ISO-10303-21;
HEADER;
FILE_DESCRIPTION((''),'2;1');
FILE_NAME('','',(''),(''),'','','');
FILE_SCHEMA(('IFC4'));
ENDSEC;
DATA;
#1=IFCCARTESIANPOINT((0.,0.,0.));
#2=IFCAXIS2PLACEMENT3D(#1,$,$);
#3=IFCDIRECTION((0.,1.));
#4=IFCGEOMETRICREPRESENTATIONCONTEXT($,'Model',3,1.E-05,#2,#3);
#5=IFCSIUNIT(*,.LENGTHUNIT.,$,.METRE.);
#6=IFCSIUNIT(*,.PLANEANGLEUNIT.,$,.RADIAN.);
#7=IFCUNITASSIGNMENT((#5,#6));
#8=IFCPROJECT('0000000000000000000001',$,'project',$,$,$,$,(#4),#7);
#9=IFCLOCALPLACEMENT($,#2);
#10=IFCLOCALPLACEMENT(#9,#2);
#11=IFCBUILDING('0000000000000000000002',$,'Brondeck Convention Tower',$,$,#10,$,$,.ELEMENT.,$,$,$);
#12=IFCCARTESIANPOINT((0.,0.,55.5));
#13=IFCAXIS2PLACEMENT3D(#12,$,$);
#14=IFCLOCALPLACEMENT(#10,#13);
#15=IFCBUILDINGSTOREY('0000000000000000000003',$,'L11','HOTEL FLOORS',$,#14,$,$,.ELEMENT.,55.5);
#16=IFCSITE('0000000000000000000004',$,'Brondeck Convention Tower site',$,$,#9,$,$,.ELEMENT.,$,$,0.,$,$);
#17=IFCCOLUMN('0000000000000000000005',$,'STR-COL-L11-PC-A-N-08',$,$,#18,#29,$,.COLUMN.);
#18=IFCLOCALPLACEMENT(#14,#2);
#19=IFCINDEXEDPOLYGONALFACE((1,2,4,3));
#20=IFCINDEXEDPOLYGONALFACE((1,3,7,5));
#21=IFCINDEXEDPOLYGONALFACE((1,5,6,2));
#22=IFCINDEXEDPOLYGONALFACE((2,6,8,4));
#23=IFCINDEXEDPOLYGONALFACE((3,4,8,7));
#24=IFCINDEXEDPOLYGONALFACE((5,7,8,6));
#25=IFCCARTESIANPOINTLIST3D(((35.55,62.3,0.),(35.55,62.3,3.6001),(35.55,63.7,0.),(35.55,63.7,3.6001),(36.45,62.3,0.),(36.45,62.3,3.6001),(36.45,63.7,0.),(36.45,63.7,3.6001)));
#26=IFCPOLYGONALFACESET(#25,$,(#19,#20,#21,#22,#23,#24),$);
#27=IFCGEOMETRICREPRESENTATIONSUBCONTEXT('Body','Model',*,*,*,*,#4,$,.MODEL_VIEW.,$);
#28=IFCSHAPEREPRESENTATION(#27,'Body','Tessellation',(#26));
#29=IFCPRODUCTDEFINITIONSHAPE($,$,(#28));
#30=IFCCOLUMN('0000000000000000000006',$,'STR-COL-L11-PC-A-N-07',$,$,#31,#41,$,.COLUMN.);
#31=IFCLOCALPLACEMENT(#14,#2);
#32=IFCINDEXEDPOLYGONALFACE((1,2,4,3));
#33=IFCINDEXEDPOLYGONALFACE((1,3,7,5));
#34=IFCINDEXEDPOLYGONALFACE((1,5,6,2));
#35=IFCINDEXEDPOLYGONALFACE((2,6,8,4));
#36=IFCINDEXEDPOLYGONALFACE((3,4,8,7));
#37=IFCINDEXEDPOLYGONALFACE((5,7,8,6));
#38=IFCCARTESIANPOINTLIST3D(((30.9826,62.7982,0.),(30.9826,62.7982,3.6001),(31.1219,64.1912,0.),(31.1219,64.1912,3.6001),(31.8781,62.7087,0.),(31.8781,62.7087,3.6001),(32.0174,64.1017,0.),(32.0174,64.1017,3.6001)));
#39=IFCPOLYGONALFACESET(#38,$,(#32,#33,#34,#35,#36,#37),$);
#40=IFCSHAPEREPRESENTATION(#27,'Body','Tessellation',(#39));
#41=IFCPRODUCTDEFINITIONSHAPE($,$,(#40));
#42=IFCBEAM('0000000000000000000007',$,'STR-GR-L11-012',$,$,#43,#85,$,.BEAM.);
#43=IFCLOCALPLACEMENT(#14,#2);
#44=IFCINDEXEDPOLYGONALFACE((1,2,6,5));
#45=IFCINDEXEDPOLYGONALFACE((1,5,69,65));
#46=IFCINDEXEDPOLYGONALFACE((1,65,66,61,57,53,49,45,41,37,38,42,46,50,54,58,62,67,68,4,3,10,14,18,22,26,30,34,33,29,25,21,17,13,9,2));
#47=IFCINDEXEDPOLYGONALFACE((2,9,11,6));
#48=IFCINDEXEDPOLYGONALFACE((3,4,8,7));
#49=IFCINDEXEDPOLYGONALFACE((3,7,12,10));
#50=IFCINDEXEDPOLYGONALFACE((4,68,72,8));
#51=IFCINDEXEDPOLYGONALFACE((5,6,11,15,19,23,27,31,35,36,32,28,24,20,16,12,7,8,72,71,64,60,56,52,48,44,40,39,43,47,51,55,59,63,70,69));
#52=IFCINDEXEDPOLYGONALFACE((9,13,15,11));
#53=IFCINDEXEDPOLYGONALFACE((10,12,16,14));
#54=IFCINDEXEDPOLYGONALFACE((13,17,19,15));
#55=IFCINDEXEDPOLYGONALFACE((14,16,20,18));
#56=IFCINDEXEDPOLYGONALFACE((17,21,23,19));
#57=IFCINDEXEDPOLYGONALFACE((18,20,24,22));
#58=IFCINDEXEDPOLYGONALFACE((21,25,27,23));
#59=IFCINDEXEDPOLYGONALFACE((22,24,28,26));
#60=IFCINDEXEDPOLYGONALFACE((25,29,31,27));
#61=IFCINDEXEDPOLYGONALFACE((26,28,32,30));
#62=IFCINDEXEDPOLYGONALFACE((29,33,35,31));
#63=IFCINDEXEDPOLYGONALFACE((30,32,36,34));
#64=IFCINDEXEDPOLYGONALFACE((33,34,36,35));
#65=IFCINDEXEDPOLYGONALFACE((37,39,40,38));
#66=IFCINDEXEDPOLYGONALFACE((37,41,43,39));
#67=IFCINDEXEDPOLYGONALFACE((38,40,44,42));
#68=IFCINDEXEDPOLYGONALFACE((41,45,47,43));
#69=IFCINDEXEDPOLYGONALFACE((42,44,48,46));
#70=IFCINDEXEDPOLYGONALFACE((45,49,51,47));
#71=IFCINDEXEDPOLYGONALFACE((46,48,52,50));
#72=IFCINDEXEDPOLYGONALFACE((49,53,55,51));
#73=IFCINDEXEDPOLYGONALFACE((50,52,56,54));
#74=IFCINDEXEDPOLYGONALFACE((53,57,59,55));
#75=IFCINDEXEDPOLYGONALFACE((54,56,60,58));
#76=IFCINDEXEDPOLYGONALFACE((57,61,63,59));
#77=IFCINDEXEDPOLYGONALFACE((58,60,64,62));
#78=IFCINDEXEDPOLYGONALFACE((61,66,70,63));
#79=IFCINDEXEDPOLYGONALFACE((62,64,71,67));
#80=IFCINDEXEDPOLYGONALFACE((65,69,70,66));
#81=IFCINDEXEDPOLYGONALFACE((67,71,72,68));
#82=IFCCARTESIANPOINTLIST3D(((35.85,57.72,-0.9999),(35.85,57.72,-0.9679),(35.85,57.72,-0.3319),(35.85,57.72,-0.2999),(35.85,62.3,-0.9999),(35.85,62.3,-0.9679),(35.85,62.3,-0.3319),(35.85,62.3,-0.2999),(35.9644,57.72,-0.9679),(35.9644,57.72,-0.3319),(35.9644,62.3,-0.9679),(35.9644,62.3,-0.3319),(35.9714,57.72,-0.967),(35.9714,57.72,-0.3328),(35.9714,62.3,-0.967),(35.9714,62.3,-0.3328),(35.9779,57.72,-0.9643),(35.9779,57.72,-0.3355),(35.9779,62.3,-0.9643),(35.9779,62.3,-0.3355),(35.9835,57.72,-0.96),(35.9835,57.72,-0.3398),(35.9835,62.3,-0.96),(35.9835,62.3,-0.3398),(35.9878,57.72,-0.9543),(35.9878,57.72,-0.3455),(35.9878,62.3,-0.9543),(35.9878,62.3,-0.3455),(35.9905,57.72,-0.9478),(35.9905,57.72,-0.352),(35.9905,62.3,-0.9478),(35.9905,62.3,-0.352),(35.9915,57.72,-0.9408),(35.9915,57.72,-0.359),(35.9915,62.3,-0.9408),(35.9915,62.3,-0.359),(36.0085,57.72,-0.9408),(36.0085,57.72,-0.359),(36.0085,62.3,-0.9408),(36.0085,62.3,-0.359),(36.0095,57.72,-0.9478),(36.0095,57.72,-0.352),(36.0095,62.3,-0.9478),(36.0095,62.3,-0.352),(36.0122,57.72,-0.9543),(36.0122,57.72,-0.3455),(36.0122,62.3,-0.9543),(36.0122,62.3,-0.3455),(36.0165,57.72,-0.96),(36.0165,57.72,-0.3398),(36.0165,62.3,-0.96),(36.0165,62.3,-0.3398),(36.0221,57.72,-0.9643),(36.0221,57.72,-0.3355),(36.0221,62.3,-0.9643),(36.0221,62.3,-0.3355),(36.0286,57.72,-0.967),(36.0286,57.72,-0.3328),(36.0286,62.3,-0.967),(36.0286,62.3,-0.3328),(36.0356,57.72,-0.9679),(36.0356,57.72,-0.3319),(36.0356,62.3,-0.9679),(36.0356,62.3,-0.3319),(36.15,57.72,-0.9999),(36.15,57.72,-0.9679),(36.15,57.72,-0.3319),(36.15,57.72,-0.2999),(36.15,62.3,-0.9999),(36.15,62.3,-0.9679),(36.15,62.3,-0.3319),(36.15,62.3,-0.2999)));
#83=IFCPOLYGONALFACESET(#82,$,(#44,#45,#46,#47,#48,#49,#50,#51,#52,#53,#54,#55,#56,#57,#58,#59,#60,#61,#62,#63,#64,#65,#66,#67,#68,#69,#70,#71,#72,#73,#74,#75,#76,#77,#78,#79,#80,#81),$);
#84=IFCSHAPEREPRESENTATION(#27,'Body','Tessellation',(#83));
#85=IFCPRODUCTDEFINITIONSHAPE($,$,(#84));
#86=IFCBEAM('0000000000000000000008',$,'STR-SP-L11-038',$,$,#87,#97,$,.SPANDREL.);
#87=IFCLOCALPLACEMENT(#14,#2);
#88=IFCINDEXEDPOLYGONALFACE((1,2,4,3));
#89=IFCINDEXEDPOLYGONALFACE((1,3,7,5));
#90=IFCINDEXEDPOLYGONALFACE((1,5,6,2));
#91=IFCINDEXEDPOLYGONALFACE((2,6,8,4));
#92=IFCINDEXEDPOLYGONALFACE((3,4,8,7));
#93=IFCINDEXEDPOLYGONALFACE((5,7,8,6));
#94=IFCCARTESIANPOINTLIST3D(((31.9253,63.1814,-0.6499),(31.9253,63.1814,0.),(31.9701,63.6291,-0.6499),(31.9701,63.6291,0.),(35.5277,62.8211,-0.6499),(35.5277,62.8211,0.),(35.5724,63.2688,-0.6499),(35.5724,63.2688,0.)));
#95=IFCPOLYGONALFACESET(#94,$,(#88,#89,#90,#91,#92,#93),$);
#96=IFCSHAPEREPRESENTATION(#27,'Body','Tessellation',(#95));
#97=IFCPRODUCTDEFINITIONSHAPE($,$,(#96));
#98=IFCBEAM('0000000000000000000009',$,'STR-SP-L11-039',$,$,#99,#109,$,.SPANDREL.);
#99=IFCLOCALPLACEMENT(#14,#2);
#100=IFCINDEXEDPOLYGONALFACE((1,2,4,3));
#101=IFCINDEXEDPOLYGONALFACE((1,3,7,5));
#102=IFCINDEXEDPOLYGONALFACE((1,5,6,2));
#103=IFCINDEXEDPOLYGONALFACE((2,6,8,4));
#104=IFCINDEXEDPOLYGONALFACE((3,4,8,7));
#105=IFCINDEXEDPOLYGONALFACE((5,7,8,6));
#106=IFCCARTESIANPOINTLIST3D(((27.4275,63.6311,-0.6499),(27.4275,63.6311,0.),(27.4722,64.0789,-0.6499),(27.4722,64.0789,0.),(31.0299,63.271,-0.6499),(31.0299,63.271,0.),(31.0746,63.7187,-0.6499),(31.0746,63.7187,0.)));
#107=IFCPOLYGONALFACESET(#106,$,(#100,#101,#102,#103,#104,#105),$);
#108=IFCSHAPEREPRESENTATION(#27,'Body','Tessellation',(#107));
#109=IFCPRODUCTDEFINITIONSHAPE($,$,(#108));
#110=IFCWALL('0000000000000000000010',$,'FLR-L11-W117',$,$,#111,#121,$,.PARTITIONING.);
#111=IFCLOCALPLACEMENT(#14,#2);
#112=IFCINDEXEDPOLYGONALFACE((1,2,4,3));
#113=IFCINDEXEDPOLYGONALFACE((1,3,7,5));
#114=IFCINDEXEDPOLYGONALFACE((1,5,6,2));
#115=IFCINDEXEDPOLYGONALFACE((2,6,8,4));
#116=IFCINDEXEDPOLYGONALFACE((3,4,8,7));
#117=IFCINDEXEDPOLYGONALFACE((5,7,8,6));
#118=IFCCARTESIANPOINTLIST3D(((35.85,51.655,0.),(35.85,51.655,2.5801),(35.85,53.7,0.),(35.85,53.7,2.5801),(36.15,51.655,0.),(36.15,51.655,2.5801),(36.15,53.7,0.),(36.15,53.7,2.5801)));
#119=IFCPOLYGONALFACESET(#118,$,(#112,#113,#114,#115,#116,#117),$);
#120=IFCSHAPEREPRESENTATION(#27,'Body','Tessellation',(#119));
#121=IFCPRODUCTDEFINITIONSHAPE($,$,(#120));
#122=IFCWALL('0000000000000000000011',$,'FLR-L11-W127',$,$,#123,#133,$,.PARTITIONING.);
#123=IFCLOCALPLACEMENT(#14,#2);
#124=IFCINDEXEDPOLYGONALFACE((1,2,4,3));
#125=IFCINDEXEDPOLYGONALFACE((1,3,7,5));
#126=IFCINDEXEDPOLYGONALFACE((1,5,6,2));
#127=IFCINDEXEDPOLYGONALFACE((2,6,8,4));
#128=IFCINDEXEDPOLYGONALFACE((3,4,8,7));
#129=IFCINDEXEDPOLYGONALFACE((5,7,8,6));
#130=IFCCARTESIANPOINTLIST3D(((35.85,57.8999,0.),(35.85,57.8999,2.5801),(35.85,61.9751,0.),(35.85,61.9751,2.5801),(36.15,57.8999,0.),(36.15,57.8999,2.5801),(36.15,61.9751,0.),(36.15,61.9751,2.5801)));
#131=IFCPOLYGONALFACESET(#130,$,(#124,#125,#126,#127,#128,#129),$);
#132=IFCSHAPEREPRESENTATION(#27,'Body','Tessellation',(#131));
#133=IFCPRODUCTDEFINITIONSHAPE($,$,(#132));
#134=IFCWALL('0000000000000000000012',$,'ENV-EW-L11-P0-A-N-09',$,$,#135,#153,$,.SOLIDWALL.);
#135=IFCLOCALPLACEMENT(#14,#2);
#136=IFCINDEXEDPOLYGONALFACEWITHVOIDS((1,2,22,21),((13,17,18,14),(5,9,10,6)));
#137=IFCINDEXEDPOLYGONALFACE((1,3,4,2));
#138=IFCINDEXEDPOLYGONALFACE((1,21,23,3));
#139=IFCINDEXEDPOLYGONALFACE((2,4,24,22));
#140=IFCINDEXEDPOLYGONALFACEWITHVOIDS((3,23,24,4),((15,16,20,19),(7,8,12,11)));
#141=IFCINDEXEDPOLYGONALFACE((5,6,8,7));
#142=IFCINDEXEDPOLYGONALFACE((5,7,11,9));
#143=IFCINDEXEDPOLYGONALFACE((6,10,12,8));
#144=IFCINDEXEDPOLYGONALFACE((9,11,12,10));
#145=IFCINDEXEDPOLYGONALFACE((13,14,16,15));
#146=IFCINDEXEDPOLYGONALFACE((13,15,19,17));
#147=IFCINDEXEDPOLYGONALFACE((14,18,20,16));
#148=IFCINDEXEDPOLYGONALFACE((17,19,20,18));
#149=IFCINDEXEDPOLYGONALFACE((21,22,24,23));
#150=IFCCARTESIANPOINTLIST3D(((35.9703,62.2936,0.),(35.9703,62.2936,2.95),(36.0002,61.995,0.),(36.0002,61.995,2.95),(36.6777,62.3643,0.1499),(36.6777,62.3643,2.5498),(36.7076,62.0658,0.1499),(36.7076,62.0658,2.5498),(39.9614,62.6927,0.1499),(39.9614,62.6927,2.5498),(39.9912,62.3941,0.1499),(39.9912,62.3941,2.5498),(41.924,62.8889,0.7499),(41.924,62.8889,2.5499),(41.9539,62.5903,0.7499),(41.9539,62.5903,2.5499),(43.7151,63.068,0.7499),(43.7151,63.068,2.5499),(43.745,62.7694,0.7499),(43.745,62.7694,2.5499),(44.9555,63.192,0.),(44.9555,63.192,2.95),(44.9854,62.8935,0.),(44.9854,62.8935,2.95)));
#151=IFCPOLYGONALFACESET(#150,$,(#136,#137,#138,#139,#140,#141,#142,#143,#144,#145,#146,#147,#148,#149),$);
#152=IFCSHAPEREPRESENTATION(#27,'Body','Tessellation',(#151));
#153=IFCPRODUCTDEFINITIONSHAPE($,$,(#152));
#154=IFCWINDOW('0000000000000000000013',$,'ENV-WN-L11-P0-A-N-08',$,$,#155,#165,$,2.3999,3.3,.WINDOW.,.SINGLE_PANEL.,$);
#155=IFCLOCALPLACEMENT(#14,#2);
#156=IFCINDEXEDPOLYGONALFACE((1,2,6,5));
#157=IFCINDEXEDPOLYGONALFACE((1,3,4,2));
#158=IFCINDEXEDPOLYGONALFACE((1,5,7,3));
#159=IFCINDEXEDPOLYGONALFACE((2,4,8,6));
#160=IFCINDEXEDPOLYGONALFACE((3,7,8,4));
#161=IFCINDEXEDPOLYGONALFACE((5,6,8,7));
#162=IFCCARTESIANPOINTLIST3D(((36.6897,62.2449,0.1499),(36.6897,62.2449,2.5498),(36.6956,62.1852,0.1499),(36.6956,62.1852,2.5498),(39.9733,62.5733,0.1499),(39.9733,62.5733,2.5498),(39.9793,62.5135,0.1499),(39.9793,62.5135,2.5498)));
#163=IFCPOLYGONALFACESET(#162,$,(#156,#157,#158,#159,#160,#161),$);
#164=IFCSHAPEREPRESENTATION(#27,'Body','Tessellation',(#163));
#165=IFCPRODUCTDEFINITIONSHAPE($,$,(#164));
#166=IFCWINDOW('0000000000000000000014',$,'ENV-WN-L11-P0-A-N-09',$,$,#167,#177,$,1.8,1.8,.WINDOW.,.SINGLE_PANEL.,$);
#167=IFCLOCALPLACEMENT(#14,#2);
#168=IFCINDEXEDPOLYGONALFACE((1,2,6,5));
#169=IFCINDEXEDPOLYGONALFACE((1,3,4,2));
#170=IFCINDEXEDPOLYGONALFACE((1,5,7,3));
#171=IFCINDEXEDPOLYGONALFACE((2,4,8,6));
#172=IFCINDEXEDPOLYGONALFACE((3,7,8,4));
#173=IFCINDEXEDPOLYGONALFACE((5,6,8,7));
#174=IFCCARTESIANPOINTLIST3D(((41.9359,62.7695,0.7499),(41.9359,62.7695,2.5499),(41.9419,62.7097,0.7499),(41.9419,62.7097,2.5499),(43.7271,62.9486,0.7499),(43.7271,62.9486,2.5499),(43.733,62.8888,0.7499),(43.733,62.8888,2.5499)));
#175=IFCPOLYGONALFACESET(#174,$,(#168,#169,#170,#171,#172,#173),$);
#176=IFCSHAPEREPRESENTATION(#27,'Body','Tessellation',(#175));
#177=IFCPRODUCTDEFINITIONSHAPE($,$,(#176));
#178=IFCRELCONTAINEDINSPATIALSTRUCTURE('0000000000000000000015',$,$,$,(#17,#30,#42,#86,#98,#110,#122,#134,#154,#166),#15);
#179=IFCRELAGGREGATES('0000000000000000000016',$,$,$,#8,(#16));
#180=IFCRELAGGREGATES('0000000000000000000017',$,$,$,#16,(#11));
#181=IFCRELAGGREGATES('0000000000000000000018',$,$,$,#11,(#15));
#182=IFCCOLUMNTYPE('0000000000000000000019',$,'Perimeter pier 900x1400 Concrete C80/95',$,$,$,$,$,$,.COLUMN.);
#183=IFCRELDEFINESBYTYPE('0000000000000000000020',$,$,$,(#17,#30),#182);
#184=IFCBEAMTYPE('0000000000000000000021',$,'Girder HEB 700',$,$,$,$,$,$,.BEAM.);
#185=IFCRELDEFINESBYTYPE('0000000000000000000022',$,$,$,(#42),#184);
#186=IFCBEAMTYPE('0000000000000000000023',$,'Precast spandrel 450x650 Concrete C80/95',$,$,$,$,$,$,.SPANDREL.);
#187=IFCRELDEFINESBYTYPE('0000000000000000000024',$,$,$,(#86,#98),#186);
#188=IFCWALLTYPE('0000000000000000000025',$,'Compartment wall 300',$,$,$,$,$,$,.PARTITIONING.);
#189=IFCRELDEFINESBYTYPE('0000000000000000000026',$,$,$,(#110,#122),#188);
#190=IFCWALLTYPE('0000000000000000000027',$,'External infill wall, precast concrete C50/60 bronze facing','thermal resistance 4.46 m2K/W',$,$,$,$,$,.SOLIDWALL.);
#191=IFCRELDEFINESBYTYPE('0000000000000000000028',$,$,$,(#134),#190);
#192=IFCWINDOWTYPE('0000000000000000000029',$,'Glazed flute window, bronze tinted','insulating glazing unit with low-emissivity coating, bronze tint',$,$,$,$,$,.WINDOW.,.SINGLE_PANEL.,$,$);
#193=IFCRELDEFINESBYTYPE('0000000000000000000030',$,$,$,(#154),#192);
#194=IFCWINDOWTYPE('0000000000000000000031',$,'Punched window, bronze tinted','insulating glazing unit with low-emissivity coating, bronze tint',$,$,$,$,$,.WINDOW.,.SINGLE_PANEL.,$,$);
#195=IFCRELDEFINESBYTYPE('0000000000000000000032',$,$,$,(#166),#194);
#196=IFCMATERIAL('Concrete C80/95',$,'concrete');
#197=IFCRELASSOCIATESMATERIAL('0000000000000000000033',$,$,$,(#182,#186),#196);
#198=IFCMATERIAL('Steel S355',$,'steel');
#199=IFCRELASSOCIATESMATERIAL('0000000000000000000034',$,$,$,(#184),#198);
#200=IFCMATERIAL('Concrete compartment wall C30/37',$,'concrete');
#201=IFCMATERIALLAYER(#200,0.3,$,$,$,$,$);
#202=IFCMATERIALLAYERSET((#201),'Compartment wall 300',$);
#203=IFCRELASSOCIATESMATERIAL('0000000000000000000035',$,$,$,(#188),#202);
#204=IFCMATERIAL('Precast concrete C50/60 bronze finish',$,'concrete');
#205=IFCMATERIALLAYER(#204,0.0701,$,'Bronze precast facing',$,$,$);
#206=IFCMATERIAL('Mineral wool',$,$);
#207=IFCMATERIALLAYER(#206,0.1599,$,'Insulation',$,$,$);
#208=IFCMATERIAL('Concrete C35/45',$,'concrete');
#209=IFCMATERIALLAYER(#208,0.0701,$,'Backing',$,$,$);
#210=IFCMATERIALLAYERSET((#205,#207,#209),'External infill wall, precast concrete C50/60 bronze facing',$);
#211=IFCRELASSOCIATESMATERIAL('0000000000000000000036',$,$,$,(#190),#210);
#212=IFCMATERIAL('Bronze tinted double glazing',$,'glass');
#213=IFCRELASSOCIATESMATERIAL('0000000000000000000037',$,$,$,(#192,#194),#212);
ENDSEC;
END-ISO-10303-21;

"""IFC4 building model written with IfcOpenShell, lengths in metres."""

from ifc_helpers import new_model, si_unit, direction, frame, frame_2d, origin, origin_2d, place, context, subcontext, project, spatial, rectangle, i_section, extrude, material, layer, layer_set, material_profile, profile_set, type_object, element, fill, save


model = new_model("IFC4")

# Units and contexts
model_context = context("Model", 3, precision=1e-05, world=origin(), true_north=direction((0.0, 1.0)))
body_context = subcontext(model_context, "Body", "Model", "MODEL_VIEW")
ifc_project = project(units=[si_unit("LENGTHUNIT", "METRE"), si_unit("PLANEANGLEUNIT", "RADIAN")], contexts=[model_context])

# Site, building, storey
site_placement = place(None, origin())
site = spatial("IfcSite", under=ifc_project, at=site_placement, Name="Brondeck Convention Tower site", CompositionType="ELEMENT", RefElevation=0.0)
building_placement = place(site_placement, origin())
building = spatial("IfcBuilding", under=site, at=building_placement, Name="Brondeck Convention Tower", CompositionType="ELEMENT")
storey_placement = place(building_placement, frame((0.0, 0.0, 55.5)))
storey = spatial("IfcBuildingStorey", under=building, at=storey_placement, Name="L11", Description="HOTEL FLOORS", CompositionType="ELEMENT", Elevation=55.5)

# Columns
ifc_material_1 = material(Name="Concrete C80/95", Category="concrete")
ifc_material_profile_1 = material_profile(ifc_material_1, rectangle(XDim=0.8999, YDim=1.3999, at=origin_2d()), Name="Perimeter pier 900x1400 Concrete C80/95")
ifc_profile_set_1 = profile_set([ifc_material_profile_1], Name="Concrete C80/95")
column_type = type_object("IfcColumnType", Name="Perimeter pier 900x1400 Concrete C80/95", PredefinedType="COLUMN", material=ifc_profile_set_1)
for number, where, z_axis, x_axis, name in (
    (1, (36.0, 63.0, 0.0), (0.0, 0.0, 1.0), (-1.0, 0.0, 0.0), "STR-COL-L11-PC-A-N-08"),
    (2, (31.5, 63.45, 0.0), (0.0, 0.0, 1.0), (-0.995037, 0.099504, 0.0), "STR-COL-L11-PC-A-N-07"),
):
    element("IfcColumn", number, at=place(storey_placement, frame(where, z_axis=z_axis, x_axis=x_axis)), inside=storey, type_object=column_type, Name=name, PredefinedType="COLUMN", context=body_context, shape_type="SweptSolid", body=[
        extrude(rectangle(XDim=0.8999, YDim=1.3999, at=origin_2d()), origin(), (0.0, 0.0, 1.0), 3.6001),
    ])

# Beams
ifc_material_2 = material(Name="Steel S355", Category="steel")
ifc_material_profile_2 = material_profile(ifc_material_2, i_section(OverallWidth=0.3, OverallDepth=0.7, WebThickness=0.0171, FlangeThickness=0.032, FilletRadius=0.0271, at=origin_2d()), Name="HEB 700")
ifc_profile_set_2 = profile_set([ifc_material_profile_2], Name="Steel S355")
beam_type_1 = type_object("IfcBeamType", Name="Girder HEB 700", PredefinedType="BEAM", material=ifc_profile_set_2)
beam_placement = place(storey_placement, frame((36.0, 57.72, -0.6499), z_axis=(0.0, 1.0, 0.0), x_axis=(-1.0, 0.0, 0.0)))
element("IfcBeam", 3, at=beam_placement, inside=storey, type_object=beam_type_1, Name="STR-GR-L11-012", PredefinedType="BEAM", context=body_context, shape_type="SweptSolid", body=[
    extrude(i_section(OverallWidth=0.3, OverallDepth=0.7, WebThickness=0.0171, FlangeThickness=0.032, FilletRadius=0.0271, at=origin_2d()), origin(), (0.0, 0.0, 1.0), 4.5801),
])
ifc_material_profile_3 = material_profile(ifc_material_1, rectangle(XDim=0.45, YDim=0.6499, at=origin_2d()), Name="Precast spandrel 450x650 Concrete C80/95")
ifc_profile_set_3 = profile_set([ifc_material_profile_3], Name="Concrete C80/95")
beam_type_2 = type_object("IfcBeamType", Name="Precast spandrel 450x650 Concrete C80/95", PredefinedType="SPANDREL", material=ifc_profile_set_3)
for number, where, z_axis, x_axis, name in (
    (4, (35.55, 63.0449, -0.325), (-0.995034, 0.099537, 0.0), (-0.099537, -0.995034, 0.0), "STR-SP-L11-038"),
    (5, (31.0522, 63.4949, -0.325), (-0.995041, 0.09947, 0.0), (-0.09947, -0.995041, 0.0), "STR-SP-L11-039"),
):
    element("IfcBeam", number, at=place(storey_placement, frame(where, z_axis=z_axis, x_axis=x_axis)), inside=storey, type_object=beam_type_2, Name=name, PredefinedType="SPANDREL", context=body_context, shape_type="SweptSolid", body=[
        extrude(rectangle(XDim=0.45, YDim=0.6499, at=origin_2d()), origin(), (0.0, 0.0, 1.0), 3.6204),
    ])

# Walls
ifc_material_3 = material(Name="Concrete compartment wall C30/37", Category="concrete")
ifc_layer_1 = layer(ifc_material_3, 0.3)
ifc_layer_set_1 = layer_set([ifc_layer_1], Name="Compartment wall 300")
wall_type_1 = type_object("IfcWallType", Name="Compartment wall 300", PredefinedType="PARTITIONING", material=ifc_layer_set_1)
wall_1_placement = place(storey_placement, frame((36.0, 53.7, 0.0), z_axis=(0.0, 0.0, 1.0), x_axis=(0.0, -1.0, 0.0)))
element("IfcWall", 6, at=wall_1_placement, inside=storey, type_object=wall_type_1, Name="FLR-L11-W117", PredefinedType="PARTITIONING", context=body_context, shape_type="SweptSolid", body=[
    extrude(rectangle(XDim=2.0449, YDim=0.3, at=frame_2d((1.0225, 0.0))), origin(), (0.0, 0.0, 1.0), 2.5801),
])
wall_2_placement = place(storey_placement, frame((36.0, 61.9751, 0.0), z_axis=(0.0, 0.0, 1.0), x_axis=(0.0, -1.0, 0.0)))
element("IfcWall", 7, at=wall_2_placement, inside=storey, type_object=wall_type_1, Name="FLR-L11-W127", PredefinedType="PARTITIONING", context=body_context, shape_type="SweptSolid", body=[
    extrude(rectangle(XDim=4.0752, YDim=0.3, at=frame_2d((2.0376, 0.0))), origin(), (0.0, 0.0, 1.0), 2.5801),
])

# Wall, openings, windows
ifc_material_4 = material(Name="Precast concrete C50/60 bronze finish", Category="concrete")
ifc_layer_2 = layer(ifc_material_4, 0.0701, Name="Bronze precast facing")
ifc_material_5 = material(Name="Mineral wool")
ifc_layer_3 = layer(ifc_material_5, 0.1599, Name="Insulation")
ifc_material_6 = material(Name="Concrete C35/45", Category="concrete")
ifc_layer_4 = layer(ifc_material_6, 0.0701, Name="Backing")
ifc_layer_set_2 = layer_set([ifc_layer_2, ifc_layer_3, ifc_layer_4], Name="External infill wall, precast concrete C50/60 bronze facing")
wall_type_2 = type_object("IfcWallType", Name="External infill wall, precast concrete C50/60 bronze facing", Description="thermal resistance 4.46 m2K/W", PredefinedType="SOLIDWALL", material=ifc_layer_set_2)
wall_3_placement = place(storey_placement, frame((35.9851, 62.1443, 0.0), z_axis=(0.0, 0.0, 1.0), x_axis=(0.995038, 0.099496, 0.0)))
wall_3 = element("IfcWall", 8, at=wall_3_placement, inside=storey, type_object=wall_type_2, Name="ENV-EW-L11-P0-A-N-09", PredefinedType="SOLIDWALL", context=body_context, shape_type="SweptSolid", body=[
    extrude(rectangle(XDim=9.03, YDim=0.3, at=frame_2d((4.5151, 0.0))), origin(), (0.0, 0.0, 1.0), 2.95),
])
opening_1_placement = place(wall_3_placement, frame((0.7112, 0.0, 0.1499)))
opening_1 = element("IfcOpeningElement", 9, at=opening_1_placement, cuts=wall_3, PredefinedType="OPENING", context=body_context, shape_type="SweptSolid", body=[
    extrude(rectangle(XDim=3.3, YDim=2.3999, at=frame_2d((1.6499, 1.2))), frame((0.0, 0.1599, 0.0), z_axis=(0.0, -1.0, 0.0), x_axis=(1.0, 0.0, 0.0)), (0.0, 0.0, 1.0), 0.3201),
])
opening_2_placement = place(wall_3_placement, frame((5.9836, 0.0, 0.75)))
opening_2 = element("IfcOpeningElement", 10, at=opening_2_placement, cuts=wall_3, PredefinedType="OPENING", context=body_context, shape_type="SweptSolid", body=[
    extrude(rectangle(XDim=1.8, YDim=1.8, at=frame_2d((0.8999, 0.8999))), frame((0.0, 0.1599, 0.0), z_axis=(0.0, -1.0, 0.0), x_axis=(1.0, 0.0, 0.0)), (0.0, 0.0, 1.0), 0.3201),
])
ifc_material_7 = material(Name="Bronze tinted double glazing", Category="glass")
window_type_1 = type_object("IfcWindowType", Name="Glazed flute window, bronze tinted", Description="insulating glazing unit with low-emissivity coating, bronze tint", PartitioningType="SINGLE_PANEL", PredefinedType="WINDOW", material=ifc_material_7)
window_1_placement = place(opening_1_placement, origin())
window_1 = element("IfcWindow", 11, at=window_1_placement, inside=storey, type_object=window_type_1, Name="ENV-WN-L11-P0-A-N-08", OverallHeight=2.3999, OverallWidth=3.3, PartitioningType="SINGLE_PANEL", PredefinedType="WINDOW", context=body_context, shape_type="SweptSolid", body=[
    extrude(rectangle(XDim=3.3, YDim=2.3999, at=frame_2d((1.6499, 1.2))), frame((0.0, 0.03, 0.0), z_axis=(0.0, -1.0, 0.0), x_axis=(1.0, 0.0, 0.0)), (0.0, 0.0, 1.0), 0.0601),
])
fill(opening_1, window_1)
window_type_2 = type_object("IfcWindowType", Name="Punched window, bronze tinted", Description="insulating glazing unit with low-emissivity coating, bronze tint", PartitioningType="SINGLE_PANEL", PredefinedType="WINDOW", material=ifc_material_7)
window_2_placement = place(opening_2_placement, origin())
window_2 = element("IfcWindow", 12, at=window_2_placement, inside=storey, type_object=window_type_2, Name="ENV-WN-L11-P0-A-N-09", OverallHeight=1.8, OverallWidth=1.8, PartitioningType="SINGLE_PANEL", PredefinedType="WINDOW", context=body_context, shape_type="SweptSolid", body=[
    extrude(rectangle(XDim=1.8, YDim=1.8, at=frame_2d((0.8999, 0.8999))), frame((0.0, 0.03, 0.0), z_axis=(0.0, -1.0, 0.0), x_axis=(1.0, 0.0, 0.0)), (0.0, 0.0, 1.0), 0.0601),
])
fill(opening_2, window_2)

save(model, "model.ifc")
